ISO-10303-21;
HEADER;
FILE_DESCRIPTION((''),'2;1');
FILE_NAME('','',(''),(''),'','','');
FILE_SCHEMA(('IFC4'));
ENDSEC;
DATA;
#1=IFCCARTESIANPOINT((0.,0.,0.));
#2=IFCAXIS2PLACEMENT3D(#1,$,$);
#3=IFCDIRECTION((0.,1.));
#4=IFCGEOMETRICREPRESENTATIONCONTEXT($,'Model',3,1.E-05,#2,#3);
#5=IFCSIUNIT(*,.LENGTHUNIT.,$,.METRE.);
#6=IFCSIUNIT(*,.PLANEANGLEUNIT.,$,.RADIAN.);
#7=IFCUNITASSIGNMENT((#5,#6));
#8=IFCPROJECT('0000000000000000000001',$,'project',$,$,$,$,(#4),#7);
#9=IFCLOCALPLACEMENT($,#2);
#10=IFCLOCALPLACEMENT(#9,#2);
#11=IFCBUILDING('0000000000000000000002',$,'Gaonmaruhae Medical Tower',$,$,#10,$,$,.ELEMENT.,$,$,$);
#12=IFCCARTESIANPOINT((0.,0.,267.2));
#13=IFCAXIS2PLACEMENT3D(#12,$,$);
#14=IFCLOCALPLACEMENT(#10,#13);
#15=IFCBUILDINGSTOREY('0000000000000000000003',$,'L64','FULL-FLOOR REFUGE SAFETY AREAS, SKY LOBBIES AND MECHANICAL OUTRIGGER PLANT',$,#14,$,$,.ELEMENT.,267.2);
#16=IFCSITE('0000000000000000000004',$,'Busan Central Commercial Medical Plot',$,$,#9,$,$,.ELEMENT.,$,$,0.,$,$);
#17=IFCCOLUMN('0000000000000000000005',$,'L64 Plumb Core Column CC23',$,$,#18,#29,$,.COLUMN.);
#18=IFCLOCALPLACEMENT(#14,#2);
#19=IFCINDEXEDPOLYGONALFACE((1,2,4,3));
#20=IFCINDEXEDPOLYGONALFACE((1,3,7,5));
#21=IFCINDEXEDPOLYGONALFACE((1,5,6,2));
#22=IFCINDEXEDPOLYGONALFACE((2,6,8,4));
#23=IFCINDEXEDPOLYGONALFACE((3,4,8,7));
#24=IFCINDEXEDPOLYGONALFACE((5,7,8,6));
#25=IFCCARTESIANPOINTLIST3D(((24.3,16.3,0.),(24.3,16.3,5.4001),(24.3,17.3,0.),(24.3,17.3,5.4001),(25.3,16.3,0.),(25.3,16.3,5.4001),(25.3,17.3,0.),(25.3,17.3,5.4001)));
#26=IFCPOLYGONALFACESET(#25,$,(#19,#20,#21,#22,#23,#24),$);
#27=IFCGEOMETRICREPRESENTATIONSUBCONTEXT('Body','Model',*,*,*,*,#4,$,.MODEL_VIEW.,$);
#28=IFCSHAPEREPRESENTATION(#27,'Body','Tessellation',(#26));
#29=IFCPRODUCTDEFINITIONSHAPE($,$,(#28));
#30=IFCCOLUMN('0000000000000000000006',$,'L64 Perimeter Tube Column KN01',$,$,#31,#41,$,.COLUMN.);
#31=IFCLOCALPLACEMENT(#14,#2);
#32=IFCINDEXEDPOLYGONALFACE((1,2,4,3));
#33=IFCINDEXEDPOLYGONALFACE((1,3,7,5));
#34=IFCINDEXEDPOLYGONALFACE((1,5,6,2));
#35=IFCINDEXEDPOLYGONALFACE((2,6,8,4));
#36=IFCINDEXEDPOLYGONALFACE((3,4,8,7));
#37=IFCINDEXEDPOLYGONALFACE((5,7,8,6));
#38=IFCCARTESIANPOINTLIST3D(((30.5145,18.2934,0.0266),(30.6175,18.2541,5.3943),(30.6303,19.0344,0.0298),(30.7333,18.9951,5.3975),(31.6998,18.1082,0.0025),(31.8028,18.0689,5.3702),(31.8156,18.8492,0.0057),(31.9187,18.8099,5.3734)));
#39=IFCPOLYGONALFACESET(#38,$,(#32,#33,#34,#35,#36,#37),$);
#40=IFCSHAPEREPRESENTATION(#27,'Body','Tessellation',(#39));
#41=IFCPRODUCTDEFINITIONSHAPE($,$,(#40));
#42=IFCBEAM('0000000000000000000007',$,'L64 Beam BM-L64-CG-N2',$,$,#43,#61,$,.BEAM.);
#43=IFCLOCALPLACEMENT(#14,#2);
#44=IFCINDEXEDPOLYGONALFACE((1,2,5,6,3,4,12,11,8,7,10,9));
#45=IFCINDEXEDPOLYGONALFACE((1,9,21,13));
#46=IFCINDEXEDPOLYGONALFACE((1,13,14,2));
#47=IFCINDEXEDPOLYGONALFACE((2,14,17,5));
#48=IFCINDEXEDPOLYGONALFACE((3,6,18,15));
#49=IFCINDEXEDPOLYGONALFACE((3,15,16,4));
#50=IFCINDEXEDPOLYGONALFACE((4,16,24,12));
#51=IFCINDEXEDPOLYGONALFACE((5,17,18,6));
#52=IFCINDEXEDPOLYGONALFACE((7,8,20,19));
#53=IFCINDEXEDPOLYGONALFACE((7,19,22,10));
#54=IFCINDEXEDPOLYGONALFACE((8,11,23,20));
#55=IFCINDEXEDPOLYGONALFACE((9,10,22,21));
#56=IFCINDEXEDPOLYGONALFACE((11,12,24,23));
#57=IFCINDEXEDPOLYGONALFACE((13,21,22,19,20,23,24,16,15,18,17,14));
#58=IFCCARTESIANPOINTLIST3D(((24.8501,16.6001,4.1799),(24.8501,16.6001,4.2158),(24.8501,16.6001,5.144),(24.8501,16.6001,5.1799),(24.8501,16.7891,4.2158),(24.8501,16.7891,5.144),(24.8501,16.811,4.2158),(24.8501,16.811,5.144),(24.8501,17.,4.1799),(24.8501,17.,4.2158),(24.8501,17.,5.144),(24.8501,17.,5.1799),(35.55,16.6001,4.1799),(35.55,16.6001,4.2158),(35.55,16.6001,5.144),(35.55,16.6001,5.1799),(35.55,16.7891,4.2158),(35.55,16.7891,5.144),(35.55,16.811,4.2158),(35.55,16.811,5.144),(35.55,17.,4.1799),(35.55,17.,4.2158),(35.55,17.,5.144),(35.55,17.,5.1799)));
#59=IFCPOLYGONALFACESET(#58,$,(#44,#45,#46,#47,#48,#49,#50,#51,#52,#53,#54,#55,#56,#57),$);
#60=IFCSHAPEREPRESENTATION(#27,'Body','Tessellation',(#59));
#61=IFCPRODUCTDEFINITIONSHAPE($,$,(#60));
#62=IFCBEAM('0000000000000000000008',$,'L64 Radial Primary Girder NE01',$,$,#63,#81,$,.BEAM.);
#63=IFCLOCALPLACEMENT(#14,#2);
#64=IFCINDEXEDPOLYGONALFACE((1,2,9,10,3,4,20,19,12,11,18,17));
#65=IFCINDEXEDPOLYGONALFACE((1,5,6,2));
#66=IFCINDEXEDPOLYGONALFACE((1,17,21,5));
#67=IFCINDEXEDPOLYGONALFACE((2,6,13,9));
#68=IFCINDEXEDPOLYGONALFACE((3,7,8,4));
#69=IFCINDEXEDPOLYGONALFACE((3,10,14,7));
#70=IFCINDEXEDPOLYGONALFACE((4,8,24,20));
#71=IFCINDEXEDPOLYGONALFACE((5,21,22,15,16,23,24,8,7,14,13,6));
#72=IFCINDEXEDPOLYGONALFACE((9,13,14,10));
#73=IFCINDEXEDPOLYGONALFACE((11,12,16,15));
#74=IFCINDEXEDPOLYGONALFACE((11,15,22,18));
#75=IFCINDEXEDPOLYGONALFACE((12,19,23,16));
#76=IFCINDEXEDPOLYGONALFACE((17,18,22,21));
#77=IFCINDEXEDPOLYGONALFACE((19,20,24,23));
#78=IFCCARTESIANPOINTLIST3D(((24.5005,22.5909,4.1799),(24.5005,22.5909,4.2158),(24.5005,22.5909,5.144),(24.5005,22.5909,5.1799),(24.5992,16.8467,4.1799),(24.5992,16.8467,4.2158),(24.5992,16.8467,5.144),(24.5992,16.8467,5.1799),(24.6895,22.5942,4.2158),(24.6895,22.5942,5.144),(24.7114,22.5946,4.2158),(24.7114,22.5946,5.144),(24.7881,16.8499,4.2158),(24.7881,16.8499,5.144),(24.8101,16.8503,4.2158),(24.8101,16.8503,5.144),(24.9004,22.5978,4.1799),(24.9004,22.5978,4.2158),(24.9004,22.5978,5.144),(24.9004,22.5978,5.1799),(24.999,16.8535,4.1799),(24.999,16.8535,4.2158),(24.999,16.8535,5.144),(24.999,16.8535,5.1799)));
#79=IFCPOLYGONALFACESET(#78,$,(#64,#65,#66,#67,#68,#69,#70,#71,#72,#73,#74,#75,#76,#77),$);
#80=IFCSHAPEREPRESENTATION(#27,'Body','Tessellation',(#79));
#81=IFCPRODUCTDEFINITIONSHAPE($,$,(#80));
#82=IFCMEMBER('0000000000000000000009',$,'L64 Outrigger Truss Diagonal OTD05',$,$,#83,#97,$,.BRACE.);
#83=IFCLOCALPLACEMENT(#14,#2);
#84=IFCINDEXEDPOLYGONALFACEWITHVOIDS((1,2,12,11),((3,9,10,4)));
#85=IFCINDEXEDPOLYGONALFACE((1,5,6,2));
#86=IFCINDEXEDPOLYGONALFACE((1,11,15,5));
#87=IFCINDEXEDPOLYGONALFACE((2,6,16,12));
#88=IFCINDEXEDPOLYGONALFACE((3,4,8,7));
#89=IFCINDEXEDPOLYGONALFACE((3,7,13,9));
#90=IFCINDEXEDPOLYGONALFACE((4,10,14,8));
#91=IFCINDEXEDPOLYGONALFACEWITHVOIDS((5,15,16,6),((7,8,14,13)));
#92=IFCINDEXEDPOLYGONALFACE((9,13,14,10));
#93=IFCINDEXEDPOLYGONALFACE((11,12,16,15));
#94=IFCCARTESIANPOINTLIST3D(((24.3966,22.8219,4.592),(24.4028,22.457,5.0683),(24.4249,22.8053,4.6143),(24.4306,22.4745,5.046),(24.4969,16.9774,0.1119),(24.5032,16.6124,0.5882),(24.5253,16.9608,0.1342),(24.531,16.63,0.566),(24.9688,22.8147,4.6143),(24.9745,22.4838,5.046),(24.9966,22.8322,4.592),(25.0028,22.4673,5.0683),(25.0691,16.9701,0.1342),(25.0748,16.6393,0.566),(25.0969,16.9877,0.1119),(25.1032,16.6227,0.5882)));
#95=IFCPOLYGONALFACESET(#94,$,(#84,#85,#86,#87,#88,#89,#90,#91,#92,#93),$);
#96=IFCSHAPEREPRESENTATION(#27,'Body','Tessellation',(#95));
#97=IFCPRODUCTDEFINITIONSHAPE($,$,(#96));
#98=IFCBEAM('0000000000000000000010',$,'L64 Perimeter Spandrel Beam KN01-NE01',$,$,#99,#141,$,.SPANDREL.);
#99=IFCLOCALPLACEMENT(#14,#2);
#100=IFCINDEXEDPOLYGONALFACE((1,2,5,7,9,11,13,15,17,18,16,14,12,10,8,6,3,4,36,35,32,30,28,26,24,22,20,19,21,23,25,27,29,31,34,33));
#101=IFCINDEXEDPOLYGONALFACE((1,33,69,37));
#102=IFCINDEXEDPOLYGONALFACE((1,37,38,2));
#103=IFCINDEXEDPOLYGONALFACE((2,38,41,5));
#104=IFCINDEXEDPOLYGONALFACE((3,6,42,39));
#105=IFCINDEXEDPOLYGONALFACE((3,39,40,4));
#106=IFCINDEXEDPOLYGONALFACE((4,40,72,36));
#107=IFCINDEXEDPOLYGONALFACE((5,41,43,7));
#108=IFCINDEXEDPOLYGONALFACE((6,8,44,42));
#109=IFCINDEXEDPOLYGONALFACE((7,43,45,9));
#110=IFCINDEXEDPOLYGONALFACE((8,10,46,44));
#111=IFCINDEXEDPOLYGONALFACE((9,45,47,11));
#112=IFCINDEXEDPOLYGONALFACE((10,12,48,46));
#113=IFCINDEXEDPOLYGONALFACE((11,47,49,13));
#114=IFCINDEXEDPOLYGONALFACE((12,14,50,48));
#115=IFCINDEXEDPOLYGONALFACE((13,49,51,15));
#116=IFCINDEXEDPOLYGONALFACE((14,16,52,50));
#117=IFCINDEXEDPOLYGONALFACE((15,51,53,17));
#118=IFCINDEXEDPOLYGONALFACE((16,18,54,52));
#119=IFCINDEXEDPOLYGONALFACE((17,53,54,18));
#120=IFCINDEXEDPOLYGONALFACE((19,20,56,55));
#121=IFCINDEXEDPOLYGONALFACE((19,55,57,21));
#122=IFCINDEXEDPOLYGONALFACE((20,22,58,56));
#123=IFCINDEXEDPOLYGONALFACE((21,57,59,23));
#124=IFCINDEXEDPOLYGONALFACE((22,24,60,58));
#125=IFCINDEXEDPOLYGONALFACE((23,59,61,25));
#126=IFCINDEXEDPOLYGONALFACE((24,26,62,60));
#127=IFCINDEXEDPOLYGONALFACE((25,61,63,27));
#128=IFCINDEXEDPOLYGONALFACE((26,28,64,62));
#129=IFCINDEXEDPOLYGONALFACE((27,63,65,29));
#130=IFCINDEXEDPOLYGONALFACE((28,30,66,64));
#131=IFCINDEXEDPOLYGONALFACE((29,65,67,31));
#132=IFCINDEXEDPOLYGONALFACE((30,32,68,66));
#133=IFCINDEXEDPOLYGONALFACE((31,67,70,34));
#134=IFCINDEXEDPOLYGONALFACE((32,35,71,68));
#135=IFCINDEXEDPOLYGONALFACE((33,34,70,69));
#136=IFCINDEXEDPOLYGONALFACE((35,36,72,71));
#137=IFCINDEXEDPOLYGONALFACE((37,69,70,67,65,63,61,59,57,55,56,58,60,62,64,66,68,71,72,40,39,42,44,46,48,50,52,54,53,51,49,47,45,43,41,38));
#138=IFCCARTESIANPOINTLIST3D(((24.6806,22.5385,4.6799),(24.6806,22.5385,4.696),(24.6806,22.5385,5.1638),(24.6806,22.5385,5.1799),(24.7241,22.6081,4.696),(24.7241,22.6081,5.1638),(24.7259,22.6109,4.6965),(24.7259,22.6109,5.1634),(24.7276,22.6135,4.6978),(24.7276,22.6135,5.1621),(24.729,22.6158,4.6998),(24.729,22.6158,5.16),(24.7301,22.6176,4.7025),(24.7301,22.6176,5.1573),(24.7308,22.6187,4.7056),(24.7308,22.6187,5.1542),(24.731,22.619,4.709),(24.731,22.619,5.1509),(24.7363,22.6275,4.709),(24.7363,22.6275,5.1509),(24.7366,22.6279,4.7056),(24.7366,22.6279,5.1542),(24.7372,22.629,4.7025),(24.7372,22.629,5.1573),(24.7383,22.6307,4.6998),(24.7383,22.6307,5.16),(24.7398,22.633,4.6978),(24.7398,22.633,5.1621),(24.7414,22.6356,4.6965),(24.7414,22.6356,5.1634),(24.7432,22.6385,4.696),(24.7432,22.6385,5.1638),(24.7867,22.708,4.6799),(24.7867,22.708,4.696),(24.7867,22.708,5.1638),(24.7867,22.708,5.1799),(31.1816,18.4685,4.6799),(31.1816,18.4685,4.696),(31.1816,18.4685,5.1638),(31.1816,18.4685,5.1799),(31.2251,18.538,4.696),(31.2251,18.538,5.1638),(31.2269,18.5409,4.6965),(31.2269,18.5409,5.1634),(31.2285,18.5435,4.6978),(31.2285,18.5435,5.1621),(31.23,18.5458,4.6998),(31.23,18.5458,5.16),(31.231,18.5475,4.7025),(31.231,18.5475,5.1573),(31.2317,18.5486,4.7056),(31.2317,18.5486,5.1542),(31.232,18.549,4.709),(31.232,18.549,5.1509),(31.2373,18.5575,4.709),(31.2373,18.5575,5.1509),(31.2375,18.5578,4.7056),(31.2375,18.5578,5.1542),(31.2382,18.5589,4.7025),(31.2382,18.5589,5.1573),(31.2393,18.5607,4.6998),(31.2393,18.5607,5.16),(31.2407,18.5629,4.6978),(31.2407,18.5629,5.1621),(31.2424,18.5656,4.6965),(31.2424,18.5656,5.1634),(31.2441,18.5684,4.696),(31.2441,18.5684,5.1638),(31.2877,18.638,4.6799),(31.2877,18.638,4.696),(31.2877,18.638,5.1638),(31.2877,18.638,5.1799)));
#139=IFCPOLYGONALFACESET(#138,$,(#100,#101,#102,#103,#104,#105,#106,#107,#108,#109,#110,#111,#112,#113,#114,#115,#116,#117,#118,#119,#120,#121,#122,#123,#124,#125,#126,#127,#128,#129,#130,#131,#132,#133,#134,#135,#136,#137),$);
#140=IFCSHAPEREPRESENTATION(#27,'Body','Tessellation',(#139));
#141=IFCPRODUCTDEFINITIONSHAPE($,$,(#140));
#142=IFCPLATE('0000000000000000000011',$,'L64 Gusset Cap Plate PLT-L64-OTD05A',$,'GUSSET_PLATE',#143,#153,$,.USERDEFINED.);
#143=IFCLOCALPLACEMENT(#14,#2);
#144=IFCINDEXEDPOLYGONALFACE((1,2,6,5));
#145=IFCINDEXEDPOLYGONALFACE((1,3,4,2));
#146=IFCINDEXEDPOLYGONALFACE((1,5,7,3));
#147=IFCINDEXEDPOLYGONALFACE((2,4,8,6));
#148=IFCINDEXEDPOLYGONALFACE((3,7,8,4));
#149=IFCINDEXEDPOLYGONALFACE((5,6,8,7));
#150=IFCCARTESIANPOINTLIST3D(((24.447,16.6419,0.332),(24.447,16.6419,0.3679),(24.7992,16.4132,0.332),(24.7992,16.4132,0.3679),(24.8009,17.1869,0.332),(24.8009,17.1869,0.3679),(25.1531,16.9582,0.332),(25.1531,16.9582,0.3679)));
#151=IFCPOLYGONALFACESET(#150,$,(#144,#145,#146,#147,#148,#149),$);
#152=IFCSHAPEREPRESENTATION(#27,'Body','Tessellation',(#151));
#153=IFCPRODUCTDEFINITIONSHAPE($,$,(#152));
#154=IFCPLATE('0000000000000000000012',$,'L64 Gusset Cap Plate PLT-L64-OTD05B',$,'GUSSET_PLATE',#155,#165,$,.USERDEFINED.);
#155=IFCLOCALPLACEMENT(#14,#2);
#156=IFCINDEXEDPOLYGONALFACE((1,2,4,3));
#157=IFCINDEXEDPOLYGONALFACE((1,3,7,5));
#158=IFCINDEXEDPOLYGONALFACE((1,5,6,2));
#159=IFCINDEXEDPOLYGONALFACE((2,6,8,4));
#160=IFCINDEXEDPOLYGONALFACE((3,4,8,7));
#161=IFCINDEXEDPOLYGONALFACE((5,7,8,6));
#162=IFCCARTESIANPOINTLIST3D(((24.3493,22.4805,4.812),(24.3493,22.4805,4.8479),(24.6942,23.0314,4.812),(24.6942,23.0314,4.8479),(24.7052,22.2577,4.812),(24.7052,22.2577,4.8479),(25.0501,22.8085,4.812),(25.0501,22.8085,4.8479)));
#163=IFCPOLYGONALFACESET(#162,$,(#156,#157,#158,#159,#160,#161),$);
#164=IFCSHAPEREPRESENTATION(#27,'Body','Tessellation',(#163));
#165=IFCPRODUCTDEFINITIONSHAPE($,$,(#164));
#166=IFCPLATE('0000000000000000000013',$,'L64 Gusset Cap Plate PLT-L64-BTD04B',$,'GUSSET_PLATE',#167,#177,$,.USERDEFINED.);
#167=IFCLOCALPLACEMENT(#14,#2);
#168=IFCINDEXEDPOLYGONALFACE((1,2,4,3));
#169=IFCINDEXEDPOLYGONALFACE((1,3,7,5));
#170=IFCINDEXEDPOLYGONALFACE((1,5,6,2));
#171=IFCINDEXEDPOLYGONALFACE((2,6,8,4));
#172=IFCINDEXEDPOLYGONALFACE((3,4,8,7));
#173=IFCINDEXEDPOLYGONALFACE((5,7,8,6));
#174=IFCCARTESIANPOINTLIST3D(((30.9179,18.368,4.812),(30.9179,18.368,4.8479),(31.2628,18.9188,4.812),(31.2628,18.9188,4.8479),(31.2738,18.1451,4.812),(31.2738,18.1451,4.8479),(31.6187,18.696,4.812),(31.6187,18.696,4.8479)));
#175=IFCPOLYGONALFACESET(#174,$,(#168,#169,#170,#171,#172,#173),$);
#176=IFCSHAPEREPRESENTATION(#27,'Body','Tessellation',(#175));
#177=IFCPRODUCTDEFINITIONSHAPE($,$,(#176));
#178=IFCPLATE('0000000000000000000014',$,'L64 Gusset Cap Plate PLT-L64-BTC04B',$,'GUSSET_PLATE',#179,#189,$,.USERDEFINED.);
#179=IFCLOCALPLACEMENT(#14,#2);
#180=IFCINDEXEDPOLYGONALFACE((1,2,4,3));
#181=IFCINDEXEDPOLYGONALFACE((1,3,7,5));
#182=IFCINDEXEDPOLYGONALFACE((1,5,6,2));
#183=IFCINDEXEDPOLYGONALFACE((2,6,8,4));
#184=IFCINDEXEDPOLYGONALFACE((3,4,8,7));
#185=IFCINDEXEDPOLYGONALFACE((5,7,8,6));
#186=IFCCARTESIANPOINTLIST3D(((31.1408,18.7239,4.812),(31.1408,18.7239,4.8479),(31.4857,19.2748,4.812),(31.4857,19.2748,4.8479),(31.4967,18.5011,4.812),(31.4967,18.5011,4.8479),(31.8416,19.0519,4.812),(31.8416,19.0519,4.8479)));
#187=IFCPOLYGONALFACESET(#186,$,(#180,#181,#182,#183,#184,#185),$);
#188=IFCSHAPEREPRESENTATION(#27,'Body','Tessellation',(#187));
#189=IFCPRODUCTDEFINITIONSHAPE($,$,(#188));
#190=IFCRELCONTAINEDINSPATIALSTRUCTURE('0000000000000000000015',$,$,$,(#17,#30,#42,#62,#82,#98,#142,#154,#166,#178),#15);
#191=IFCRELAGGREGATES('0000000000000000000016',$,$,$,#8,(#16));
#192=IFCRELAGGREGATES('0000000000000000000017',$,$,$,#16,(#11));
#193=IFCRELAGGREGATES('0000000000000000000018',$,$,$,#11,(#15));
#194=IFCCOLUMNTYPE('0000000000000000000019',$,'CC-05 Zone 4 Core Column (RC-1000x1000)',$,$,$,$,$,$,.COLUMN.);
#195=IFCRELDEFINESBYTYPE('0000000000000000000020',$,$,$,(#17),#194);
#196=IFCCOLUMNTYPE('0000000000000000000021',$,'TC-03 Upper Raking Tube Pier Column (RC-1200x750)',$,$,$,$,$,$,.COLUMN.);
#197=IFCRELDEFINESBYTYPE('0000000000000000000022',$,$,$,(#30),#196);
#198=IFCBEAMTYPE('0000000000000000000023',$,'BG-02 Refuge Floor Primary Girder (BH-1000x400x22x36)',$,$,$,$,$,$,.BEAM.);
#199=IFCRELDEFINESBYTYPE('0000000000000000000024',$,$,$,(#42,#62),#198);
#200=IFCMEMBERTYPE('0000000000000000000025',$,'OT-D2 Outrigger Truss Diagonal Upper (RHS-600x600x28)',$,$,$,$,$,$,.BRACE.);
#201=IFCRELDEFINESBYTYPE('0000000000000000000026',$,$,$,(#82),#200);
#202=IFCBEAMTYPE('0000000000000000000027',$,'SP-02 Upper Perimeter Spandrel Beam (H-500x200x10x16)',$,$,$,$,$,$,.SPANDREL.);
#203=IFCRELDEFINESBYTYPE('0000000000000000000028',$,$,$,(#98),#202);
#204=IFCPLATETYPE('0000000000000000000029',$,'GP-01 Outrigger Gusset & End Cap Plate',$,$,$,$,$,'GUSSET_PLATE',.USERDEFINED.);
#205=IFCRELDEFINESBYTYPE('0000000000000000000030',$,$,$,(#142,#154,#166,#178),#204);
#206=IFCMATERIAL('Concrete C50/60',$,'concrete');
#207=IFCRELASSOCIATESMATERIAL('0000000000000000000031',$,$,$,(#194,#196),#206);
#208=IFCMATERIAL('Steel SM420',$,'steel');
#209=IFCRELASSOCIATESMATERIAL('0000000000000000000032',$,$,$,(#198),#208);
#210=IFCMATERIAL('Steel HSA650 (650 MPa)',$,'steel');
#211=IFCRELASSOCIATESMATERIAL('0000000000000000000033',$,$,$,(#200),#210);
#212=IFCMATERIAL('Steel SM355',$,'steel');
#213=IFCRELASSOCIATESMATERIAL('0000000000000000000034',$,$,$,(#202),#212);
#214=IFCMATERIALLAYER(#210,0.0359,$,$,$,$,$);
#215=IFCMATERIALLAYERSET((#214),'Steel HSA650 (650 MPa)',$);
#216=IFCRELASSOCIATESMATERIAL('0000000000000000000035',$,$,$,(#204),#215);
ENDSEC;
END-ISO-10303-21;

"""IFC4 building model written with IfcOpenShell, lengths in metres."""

from ifc_helpers import new_model, si_unit, direction, frame, origin, origin_2d, place, context, subcontext, project, spatial, rectangle, hollow_rectangle, i_section, extrude, material, layer, layer_set, material_profile, profile_set, type_object, element, save


model = new_model("IFC4")

# Units and contexts
model_context = context("Model", 3, precision=1e-05, world=origin(), true_north=direction((0.0, 1.0)))
body_context = subcontext(model_context, "Body", "Model", "MODEL_VIEW")
ifc_project = project(units=[si_unit("LENGTHUNIT", "METRE"), si_unit("PLANEANGLEUNIT", "RADIAN")], contexts=[model_context])

# Site, building, storey
site_placement = place(None, origin())
site = spatial("IfcSite", under=ifc_project, at=site_placement, Name="Busan Central Commercial Medical Plot", CompositionType="ELEMENT", RefElevation=0.0)
building_placement = place(site_placement, origin())
building = spatial("IfcBuilding", under=site, at=building_placement, Name="Gaonmaruhae Medical Tower", CompositionType="ELEMENT")
storey_placement = place(building_placement, frame((0.0, 0.0, 267.2)))
storey = spatial("IfcBuildingStorey", under=building, at=storey_placement, Name="L64", Description="FULL-FLOOR REFUGE SAFETY AREAS, SKY LOBBIES AND MECHANICAL OUTRIGGER PLANT", CompositionType="ELEMENT", Elevation=267.2)

# Columns
ifc_material_1 = material(Name="Concrete C50/60", Category="concrete")
ifc_material_profile_1 = material_profile(ifc_material_1, rectangle(XDim=1.0, YDim=1.0, at=origin_2d()), Name="RC-1000x1000")
ifc_profile_set_1 = profile_set([ifc_material_profile_1], Name="Concrete C50/60")
column_type_1 = type_object("IfcColumnType", Name="CC-05 Zone 4 Core Column (RC-1000x1000)", PredefinedType="COLUMN", material=ifc_profile_set_1)
column_1_placement = place(storey_placement, frame((24.8, 16.8, 0.0), z_axis=(0.0, 0.0, 1.0), x_axis=(1.0, 0.0, 0.0)))
element("IfcColumn", 1, at=column_1_placement, inside=storey, type_object=column_type_1, Name="L64 Plumb Core Column CC23", PredefinedType="COLUMN", context=body_context, shape_type="SweptSolid", body=[
    extrude(rectangle(XDim=1.0, YDim=1.0, at=origin_2d()), origin(), (0.0, 0.0, 1.0), 5.4001),
])
ifc_material_profile_2 = material_profile(ifc_material_1, rectangle(XDim=1.2, YDim=0.75, at=origin_2d()), Name="RC-1200x750")
ifc_profile_set_2 = profile_set([ifc_material_profile_2], Name="Concrete C50/60")
column_type_2 = type_object("IfcColumnType", Name="TC-03 Upper Raking Tube Pier Column (RC-1200x750)", PredefinedType="COLUMN", material=ifc_profile_set_2)
column_2_placement = place(storey_placement, frame((31.165, 18.5713, 0.0161), z_axis=(0.01919, -0.007321, 0.999789), x_axis=(-0.987814, 0.154338, 0.02009)))
element("IfcColumn", 2, at=column_2_placement, inside=storey, type_object=column_type_2, Name="L64 Perimeter Tube Column KN01", PredefinedType="COLUMN", context=body_context, shape_type="SweptSolid", body=[
    extrude(rectangle(XDim=1.2, YDim=0.75, at=origin_2d()), origin(), (0.0, 0.0, 1.0), 5.3689),
])

# Beams
ifc_material_2 = material(Name="Steel SM420", Category="steel")
ifc_material_profile_3 = material_profile(ifc_material_2, i_section(OverallWidth=0.3999, OverallDepth=1.0, WebThickness=0.022, FlangeThickness=0.0359, at=origin_2d()), Name="BH-1000x400x22x36")
ifc_profile_set_3 = profile_set([ifc_material_profile_3], Name="Steel SM420")
beam_type_1 = type_object("IfcBeamType", Name="BG-02 Refuge Floor Primary Girder (BH-1000x400x22x36)", PredefinedType="BEAM", material=ifc_profile_set_3)
beam_1_placement = place(storey_placement, frame((24.8501, 16.8, 4.6799), z_axis=(1.0, 0.0, 0.0), x_axis=(0.0, 1.0, 0.0)))
element("IfcBeam", 3, at=beam_1_placement, inside=storey, type_object=beam_type_1, Name="L64 Beam BM-L64-CG-N2", PredefinedType="BEAM", context=body_context, shape_type="SweptSolid", body=[
    extrude(i_section(OverallWidth=0.3999, OverallDepth=1.0, WebThickness=0.022, FlangeThickness=0.0359, at=origin_2d()), origin(), (0.0, 0.0, 1.0), 10.7),
])
beam_2_placement = place(storey_placement, frame((24.7991, 16.8501, 4.6799), z_axis=(-0.017168, 0.999853, 0.0), x_axis=(-0.999853, -0.017168, 0.0)))
element("IfcBeam", 4, at=beam_2_placement, inside=storey, type_object=beam_type_1, Name="L64 Radial Primary Girder NE01", PredefinedType="BEAM", context=body_context, shape_type="SweptSolid", body=[
    extrude(i_section(OverallWidth=0.3999, OverallDepth=1.0, WebThickness=0.022, FlangeThickness=0.0359, at=origin_2d()), origin(), (0.0, 0.0, 1.0), 5.7451),
])

# Member
ifc_material_3 = material(Name="Steel HSA650 (650 MPa)", Category="steel")
ifc_material_profile_4 = material_profile(ifc_material_3, hollow_rectangle(XDim=0.6001, YDim=0.6001, WallThickness=0.0281, at=origin_2d()), Name="RHS-600x600x28")
ifc_profile_set_4 = profile_set([ifc_material_profile_4], Name="Steel HSA650 (650 MPa)")
member_type = type_object("IfcMemberType", Name="OT-D2 Outrigger Truss Diagonal Upper (RHS-600x600x28)", PredefinedType="BRACE", material=ifc_profile_set_4)
member_placement = place(storey_placement, frame((24.8, 16.8, 0.3501), z_axis=(-0.013625, 0.793584, 0.608308), x_axis=(-0.999853, -0.017166, 0.0)))
element("IfcMember", 5, at=member_placement, inside=storey, type_object=member_type, Name="L64 Outrigger Truss Diagonal OTD05", PredefinedType="BRACE", context=body_context, shape_type="SweptSolid", body=[
    extrude(hollow_rectangle(XDim=0.6001, YDim=0.6001, WallThickness=0.0281, at=origin_2d()), origin(), (0.0, 0.0, 1.0), 7.3647),
])

# Beam
ifc_material_4 = material(Name="Steel SM355", Category="steel")
ifc_material_profile_5 = material_profile(ifc_material_4, i_section(OverallWidth=0.2, OverallDepth=0.5, WebThickness=0.01, FlangeThickness=0.0161, FilletRadius=0.0129, at=origin_2d()), Name="H-500x200x10x16")
ifc_profile_set_5 = profile_set([ifc_material_profile_5], Name="Steel SM355")
beam_type_2 = type_object("IfcBeamType", Name="SP-02 Upper Perimeter Spandrel Beam (H-500x200x10x16)", PredefinedType="SPANDREL", material=ifc_profile_set_5)
beam_3_placement = place(storey_placement, frame((31.2346, 18.5532, 4.9299), z_axis=(-0.84759, 0.530651, 0.0), x_axis=(-0.530651, -0.84759, 0.0)))
element("IfcBeam", 6, at=beam_3_placement, inside=storey, type_object=beam_type_2, Name="L64 Perimeter Spandrel Beam KN01-NE01", PredefinedType="SPANDREL", context=body_context, shape_type="SweptSolid", body=[
    extrude(i_section(OverallWidth=0.2, OverallDepth=0.5, WebThickness=0.01, FlangeThickness=0.0161, FilletRadius=0.0129, at=origin_2d()), origin(), (0.0, 0.0, 1.0), 7.6699),
])

# Plates
ifc_layer_1 = layer(ifc_material_3, 0.0359)
ifc_layer_set_1 = layer_set([ifc_layer_1], Name="Steel HSA650 (650 MPa)")
plate_type_1 = type_object("IfcPlateType", Name="GP-01 Outrigger Gusset & End Cap Plate", ElementType="GUSSET_PLATE", PredefinedType="USERDEFINED", material=ifc_layer_set_1)
for number, where, z_axis, x_axis, name in (
    (7, (24.8, 16.8, 0.332), (0.0, 0.0, 1.0), (0.544639, 0.838671, 0.0), "L64 Gusset Cap Plate PLT-L64-OTD05A"),
    (8, (24.6997, 22.6445, 4.812), (0.0, 0.0, 1.0), (0.530659, 0.847585, 0.0), "L64 Gusset Cap Plate PLT-L64-OTD05B"),
    (9, (31.2683, 18.532, 4.812), (0.0, 0.0, 1.0), (0.530659, 0.847585, 0.0), "L64 Gusset Cap Plate PLT-L64-BTD04B"),
    (10, (31.4912, 18.8879, 4.812), (0.0, 0.0, 1.0), (0.530659, 0.847585, 0.0), "L64 Gusset Cap Plate PLT-L64-BTC04B"),
):
    element("IfcPlate", number, at=place(storey_placement, frame(where, z_axis=z_axis, x_axis=x_axis)), inside=storey, type_object=plate_type_1, Name=name, ObjectType="GUSSET_PLATE", PredefinedType="USERDEFINED", context=body_context, shape_type="SweptSolid", body=[
        extrude(rectangle(XDim=0.6499, YDim=0.4199, at=origin_2d()), origin(), (0.0, 0.0, 1.0), 0.0359),
    ])

save(model, "model.ifc")
